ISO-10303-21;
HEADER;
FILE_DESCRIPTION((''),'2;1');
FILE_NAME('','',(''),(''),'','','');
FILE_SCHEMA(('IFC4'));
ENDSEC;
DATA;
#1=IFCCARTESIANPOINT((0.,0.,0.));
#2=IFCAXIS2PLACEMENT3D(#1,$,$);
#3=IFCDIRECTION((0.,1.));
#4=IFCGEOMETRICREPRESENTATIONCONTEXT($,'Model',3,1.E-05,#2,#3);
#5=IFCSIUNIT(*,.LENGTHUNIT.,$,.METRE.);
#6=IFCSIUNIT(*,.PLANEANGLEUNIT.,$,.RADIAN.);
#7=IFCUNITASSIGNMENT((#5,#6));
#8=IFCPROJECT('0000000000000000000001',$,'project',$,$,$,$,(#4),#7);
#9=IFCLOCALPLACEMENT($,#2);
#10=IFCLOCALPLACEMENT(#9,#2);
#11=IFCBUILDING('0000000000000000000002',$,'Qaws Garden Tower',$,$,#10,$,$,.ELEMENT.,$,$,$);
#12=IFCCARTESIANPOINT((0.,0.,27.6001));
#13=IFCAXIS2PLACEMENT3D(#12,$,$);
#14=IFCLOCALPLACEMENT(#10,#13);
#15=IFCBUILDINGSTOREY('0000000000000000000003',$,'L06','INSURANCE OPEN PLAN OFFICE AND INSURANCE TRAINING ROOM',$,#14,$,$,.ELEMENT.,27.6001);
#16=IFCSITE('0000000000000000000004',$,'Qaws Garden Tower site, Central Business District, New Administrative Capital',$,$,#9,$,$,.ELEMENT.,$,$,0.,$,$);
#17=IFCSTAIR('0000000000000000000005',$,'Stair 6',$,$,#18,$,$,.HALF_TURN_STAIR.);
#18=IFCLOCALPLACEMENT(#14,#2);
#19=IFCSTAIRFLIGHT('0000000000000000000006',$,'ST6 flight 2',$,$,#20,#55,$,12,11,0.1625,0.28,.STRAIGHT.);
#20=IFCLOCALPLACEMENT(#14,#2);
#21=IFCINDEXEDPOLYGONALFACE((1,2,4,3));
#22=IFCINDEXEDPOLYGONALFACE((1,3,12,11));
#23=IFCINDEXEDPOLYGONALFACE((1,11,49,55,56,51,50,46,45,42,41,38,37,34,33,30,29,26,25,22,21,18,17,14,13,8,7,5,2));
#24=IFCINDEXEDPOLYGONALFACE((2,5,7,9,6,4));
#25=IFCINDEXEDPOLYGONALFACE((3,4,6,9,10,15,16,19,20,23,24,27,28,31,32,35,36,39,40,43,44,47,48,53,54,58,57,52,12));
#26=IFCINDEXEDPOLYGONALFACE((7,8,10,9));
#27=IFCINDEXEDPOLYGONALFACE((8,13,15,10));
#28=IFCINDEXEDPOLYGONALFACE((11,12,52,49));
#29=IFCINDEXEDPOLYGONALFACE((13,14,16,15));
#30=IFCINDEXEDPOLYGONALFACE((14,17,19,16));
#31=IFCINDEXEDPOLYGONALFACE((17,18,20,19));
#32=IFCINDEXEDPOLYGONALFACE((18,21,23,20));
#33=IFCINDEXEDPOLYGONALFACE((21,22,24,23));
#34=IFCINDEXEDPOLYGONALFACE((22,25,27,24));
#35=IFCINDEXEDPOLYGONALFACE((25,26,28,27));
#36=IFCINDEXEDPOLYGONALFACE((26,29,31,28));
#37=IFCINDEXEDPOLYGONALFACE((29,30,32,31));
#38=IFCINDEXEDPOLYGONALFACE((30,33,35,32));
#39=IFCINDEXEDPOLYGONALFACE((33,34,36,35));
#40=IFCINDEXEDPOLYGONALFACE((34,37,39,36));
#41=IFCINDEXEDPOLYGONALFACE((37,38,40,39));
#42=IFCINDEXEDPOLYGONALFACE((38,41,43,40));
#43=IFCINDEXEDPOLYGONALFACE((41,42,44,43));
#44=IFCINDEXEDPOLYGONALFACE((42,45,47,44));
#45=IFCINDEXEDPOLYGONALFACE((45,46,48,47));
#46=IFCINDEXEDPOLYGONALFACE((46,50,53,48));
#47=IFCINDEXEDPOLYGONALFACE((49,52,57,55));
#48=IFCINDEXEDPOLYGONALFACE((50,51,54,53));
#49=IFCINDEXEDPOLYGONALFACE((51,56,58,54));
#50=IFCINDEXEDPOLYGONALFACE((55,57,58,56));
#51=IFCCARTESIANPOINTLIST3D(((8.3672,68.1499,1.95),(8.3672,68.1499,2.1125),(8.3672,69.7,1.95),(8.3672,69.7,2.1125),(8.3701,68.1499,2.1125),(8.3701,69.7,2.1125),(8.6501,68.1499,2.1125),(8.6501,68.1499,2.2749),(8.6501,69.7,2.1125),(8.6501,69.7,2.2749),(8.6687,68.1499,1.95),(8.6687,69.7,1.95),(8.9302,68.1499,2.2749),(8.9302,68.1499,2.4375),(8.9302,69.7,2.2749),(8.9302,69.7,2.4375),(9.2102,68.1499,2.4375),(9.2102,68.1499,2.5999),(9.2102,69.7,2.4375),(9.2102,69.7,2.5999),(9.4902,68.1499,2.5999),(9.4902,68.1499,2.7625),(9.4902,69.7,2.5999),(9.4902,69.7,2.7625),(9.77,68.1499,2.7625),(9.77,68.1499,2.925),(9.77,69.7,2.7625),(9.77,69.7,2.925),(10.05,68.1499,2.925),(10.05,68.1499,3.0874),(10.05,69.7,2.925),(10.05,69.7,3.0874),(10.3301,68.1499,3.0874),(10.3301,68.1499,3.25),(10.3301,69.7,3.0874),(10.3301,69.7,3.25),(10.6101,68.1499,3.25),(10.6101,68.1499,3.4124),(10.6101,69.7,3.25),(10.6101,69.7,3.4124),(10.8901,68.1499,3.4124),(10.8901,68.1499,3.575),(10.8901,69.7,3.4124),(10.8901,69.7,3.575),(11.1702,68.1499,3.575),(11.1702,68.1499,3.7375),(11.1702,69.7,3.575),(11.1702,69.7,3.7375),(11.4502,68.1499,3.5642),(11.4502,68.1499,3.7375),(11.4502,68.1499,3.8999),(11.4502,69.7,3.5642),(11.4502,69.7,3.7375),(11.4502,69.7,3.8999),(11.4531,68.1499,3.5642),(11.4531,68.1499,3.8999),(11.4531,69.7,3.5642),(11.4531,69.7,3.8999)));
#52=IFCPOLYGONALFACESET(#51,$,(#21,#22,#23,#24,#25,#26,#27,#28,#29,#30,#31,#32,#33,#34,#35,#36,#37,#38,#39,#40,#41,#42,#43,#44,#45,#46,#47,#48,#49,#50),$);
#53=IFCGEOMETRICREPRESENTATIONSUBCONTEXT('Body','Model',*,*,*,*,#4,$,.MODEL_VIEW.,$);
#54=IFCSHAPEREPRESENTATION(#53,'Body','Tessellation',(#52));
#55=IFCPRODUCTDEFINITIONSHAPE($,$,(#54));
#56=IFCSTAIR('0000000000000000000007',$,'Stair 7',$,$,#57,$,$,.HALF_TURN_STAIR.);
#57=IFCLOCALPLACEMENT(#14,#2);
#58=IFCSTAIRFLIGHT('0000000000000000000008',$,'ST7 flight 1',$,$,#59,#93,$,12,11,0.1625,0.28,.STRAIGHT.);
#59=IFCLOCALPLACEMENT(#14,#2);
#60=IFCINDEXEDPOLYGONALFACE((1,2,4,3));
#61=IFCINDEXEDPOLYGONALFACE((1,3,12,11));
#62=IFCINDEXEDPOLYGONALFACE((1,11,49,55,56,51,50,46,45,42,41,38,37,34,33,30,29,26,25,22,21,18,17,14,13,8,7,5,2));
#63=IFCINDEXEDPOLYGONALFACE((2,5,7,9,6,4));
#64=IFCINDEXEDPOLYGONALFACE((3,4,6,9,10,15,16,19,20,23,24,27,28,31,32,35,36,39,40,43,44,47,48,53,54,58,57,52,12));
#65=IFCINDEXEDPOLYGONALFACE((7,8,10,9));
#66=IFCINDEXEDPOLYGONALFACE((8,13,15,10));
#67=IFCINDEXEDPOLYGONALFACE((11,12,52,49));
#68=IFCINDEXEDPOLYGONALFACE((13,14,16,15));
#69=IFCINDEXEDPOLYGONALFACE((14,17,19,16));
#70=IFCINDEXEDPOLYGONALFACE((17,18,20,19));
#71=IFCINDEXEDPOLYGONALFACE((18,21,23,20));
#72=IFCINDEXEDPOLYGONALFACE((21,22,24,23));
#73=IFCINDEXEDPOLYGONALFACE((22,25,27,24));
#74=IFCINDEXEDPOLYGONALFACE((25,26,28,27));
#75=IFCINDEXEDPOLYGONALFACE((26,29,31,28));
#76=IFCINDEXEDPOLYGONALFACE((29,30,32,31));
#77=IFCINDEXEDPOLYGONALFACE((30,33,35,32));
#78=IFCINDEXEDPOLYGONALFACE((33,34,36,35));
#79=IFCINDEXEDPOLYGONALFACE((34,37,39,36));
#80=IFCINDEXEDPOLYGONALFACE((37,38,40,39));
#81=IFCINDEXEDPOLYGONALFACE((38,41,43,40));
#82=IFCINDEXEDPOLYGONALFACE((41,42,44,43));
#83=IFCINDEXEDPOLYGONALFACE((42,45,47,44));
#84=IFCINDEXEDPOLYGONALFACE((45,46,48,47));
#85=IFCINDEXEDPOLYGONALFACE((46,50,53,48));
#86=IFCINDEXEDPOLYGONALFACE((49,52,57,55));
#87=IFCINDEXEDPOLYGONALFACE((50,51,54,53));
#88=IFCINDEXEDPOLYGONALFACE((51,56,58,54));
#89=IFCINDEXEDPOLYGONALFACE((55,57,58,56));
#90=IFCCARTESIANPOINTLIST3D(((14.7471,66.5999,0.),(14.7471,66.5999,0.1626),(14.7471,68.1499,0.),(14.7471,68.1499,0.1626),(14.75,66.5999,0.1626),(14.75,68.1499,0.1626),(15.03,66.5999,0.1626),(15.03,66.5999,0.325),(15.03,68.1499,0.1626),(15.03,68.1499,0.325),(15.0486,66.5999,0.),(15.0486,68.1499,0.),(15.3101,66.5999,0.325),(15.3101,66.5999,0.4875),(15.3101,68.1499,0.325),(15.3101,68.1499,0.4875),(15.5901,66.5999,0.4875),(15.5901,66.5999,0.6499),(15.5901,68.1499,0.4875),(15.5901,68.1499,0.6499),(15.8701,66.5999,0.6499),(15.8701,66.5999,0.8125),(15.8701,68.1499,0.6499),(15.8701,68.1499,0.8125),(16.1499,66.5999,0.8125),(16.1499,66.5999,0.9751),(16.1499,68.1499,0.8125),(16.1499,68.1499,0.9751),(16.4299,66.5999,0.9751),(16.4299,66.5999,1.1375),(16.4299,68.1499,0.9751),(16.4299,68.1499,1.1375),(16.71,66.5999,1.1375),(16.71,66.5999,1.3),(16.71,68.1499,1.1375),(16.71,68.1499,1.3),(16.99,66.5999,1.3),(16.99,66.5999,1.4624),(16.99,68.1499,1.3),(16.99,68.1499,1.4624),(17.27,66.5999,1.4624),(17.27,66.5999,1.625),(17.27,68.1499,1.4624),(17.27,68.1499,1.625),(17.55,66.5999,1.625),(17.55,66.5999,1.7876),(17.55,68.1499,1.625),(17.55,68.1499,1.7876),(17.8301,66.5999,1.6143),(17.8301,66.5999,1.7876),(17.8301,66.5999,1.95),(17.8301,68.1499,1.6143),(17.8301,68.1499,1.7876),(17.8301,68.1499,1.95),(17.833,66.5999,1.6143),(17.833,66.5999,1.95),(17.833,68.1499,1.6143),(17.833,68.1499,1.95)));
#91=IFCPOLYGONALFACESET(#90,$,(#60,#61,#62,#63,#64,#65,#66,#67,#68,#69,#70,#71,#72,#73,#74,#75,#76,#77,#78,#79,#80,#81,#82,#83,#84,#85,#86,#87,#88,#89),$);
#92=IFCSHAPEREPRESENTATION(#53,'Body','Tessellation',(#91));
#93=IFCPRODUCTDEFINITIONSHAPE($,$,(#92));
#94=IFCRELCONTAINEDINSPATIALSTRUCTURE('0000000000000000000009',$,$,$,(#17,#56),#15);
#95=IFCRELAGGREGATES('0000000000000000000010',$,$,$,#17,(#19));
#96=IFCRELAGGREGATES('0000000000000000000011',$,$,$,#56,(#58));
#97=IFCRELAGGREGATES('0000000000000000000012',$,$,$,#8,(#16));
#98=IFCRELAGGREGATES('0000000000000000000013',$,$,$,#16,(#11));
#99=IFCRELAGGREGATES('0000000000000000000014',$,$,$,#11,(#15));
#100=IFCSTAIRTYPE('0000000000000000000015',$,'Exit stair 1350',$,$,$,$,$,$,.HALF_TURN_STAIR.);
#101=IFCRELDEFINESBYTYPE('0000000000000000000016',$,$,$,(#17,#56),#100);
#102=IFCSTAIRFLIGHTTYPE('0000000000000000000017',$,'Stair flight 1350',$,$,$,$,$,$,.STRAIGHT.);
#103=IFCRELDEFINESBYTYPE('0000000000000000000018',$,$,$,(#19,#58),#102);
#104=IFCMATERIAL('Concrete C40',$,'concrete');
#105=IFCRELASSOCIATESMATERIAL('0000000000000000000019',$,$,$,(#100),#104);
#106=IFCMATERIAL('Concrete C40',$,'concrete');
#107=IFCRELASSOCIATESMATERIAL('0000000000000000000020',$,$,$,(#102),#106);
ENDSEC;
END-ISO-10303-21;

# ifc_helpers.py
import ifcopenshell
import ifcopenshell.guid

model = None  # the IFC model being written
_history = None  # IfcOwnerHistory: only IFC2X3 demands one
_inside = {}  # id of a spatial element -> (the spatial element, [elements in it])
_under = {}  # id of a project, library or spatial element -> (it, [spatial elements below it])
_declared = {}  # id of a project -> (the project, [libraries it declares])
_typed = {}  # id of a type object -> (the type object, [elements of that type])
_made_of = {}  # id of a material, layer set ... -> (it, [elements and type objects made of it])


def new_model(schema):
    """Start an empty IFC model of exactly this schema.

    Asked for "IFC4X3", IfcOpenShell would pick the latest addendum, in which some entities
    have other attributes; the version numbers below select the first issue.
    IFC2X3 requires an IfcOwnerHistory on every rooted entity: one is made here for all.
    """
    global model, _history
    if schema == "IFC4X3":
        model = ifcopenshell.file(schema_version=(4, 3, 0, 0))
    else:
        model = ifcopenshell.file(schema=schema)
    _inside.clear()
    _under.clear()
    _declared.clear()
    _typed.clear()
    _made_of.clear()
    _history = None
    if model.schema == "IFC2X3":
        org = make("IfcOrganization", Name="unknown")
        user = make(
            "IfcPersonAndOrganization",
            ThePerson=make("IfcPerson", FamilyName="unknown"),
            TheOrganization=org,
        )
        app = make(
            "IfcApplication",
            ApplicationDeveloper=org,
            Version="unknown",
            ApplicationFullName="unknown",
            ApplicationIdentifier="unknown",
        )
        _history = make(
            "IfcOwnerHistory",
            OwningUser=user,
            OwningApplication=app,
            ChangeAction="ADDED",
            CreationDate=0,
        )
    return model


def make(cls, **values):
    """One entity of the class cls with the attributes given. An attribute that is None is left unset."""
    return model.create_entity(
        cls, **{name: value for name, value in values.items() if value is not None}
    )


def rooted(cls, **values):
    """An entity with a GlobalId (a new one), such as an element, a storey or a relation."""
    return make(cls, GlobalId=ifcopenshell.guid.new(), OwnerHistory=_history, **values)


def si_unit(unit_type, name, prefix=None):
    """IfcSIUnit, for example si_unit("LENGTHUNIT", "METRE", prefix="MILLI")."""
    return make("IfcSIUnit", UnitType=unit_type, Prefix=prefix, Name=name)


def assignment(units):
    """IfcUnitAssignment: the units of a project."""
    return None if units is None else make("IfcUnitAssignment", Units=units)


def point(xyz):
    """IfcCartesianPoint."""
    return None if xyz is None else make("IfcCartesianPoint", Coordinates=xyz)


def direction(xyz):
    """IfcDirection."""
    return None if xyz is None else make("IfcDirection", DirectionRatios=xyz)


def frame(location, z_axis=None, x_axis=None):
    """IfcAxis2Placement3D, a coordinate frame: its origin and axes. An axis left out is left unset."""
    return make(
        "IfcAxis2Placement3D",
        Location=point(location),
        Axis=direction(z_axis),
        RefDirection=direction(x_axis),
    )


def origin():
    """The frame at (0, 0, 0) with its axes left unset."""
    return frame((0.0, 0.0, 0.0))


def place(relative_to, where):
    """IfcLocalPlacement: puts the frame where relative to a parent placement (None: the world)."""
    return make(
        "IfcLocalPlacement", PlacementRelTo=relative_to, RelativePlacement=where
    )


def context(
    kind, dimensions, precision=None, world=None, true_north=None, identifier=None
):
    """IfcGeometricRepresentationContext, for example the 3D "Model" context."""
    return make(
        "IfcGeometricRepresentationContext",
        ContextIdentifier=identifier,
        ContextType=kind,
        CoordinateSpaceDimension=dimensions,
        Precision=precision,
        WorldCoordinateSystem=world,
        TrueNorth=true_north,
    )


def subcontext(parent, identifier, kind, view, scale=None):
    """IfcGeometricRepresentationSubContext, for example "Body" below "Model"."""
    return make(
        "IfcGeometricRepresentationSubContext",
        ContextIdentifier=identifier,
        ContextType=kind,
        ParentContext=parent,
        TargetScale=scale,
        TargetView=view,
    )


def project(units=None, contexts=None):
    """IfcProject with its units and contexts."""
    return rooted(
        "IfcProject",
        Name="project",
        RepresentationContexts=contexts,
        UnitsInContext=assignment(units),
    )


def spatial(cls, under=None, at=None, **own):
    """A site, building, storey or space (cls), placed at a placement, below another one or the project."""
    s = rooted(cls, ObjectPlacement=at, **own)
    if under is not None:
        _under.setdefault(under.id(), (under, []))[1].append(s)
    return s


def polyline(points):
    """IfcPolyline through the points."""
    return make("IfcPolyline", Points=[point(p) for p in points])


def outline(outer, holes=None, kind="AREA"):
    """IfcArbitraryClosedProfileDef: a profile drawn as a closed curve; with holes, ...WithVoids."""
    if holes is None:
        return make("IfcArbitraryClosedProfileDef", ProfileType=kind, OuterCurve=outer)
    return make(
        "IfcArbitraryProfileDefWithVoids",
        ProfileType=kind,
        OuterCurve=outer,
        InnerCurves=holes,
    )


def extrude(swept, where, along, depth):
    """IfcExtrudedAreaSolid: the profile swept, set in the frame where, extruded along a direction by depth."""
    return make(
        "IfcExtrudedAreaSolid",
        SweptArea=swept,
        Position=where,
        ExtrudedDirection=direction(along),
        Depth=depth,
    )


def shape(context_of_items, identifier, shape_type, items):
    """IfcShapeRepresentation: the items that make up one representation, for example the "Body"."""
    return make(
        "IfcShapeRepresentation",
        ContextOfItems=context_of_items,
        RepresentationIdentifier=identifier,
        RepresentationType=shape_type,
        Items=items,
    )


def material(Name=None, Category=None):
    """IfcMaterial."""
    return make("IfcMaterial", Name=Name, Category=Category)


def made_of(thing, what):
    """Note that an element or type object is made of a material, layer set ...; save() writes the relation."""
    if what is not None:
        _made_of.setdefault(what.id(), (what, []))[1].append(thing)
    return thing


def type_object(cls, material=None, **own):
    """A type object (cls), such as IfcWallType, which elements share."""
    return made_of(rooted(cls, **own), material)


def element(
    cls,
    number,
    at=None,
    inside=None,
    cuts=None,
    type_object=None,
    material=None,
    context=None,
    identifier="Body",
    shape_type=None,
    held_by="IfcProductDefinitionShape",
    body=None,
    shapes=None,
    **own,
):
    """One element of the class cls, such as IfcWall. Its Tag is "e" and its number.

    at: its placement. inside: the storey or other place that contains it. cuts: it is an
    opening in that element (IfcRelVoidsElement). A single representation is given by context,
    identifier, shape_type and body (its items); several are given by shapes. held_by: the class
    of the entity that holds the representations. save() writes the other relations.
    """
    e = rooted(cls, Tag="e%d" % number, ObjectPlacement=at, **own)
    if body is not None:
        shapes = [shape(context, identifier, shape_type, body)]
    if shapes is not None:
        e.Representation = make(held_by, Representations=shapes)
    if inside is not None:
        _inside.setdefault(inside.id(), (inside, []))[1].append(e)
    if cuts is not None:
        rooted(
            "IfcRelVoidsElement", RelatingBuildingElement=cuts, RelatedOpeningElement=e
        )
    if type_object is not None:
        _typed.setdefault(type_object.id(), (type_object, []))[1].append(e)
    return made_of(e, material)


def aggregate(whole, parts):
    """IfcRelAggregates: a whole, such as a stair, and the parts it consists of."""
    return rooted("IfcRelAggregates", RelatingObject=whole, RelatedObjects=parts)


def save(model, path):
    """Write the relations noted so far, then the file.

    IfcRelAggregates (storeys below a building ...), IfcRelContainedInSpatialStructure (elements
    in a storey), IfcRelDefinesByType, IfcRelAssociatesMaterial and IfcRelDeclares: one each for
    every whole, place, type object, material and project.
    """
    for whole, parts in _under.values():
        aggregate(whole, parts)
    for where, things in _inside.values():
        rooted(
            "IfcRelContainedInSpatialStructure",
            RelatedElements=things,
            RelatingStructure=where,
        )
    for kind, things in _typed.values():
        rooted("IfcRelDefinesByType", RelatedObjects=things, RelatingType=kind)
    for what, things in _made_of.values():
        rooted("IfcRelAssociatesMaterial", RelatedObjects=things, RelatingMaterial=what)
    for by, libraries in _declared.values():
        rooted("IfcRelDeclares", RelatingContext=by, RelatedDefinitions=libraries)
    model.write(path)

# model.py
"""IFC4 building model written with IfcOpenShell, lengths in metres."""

from ifc_helpers import new_model, si_unit, direction, frame, origin, place, context, subcontext, project, spatial, polyline, outline, extrude, material, type_object, element, aggregate, save


model = new_model("IFC4")

# Units and contexts
model_context = context("Model", 3, precision=1e-05, world=origin(), true_north=direction((0.0, 1.0)))
body_context = subcontext(model_context, "Body", "Model", "MODEL_VIEW")
ifc_project = project(units=[si_unit("LENGTHUNIT", "METRE"), si_unit("PLANEANGLEUNIT", "RADIAN")], contexts=[model_context])

# Site, building, storey
site_placement = place(None, origin())
site = spatial("IfcSite", under=ifc_project, at=site_placement, Name="Qaws Garden Tower site, Central Business District, New Administrative Capital", CompositionType="ELEMENT", RefElevation=0.0)
building_placement = place(site_placement, origin())
building = spatial("IfcBuilding", under=site, at=building_placement, Name="Qaws Garden Tower", CompositionType="ELEMENT")
storey_placement = place(building_placement, frame((0.0, 0.0, 27.6001)))
storey = spatial("IfcBuildingStorey", under=building, at=storey_placement, Name="L06", Description="INSURANCE OPEN PLAN OFFICE AND INSURANCE TRAINING ROOM", CompositionType="ELEMENT", Elevation=27.6001)

# Stair, stair flight
ifc_material_1 = material(Name="Concrete C40", Category="concrete")
stair_type = type_object("IfcStairType", Name="Exit stair 1350", PredefinedType="HALF_TURN_STAIR", material=ifc_material_1)
placement = place(storey_placement, origin())
stair_1 = element("IfcStair", 1, at=placement, inside=storey, type_object=stair_type, Name="Stair 6", PredefinedType="HALF_TURN_STAIR")
ifc_material_2 = material(Name="Concrete C40", Category="concrete")
stair_flight_type = type_object("IfcStairFlightType", Name="Stair flight 1350", PredefinedType="STRAIGHT", material=ifc_material_2)
stair_flight_1_placement = place(storey_placement, frame((8.3701, 68.925, 1.95), z_axis=(0.0, 0.0, 1.0), x_axis=(1.0, 0.0, 0.0)))
stair_flight_1 = element("IfcStairFlight", 2, at=stair_flight_1_placement, type_object=stair_flight_type, Name="ST6 flight 2", NumberOfRisers=12, NumberOfTreads=11, PredefinedType="STRAIGHT", RiserHeight=0.1625, TreadLength=0.28, context=body_context, shape_type="SweptSolid", body=[
    extrude(outline(polyline([(-0.0029, 0.0), (-0.0029, 0.1626), (0.0, 0.1626), (0.28, 0.1626), (0.28, 0.325), (0.5601, 0.325), (0.5601, 0.4875), (0.8401, 0.4875), (0.8401, 0.6499), (1.1201, 0.6499), (1.1201, 0.8125), (1.3999, 0.8125), (1.3999, 0.9751), (1.6799, 0.9751), (1.6799, 1.1375), (1.96, 1.1375), (1.96, 1.3), (2.24, 1.3), (2.24, 1.4624), (2.52, 1.4624), (2.52, 1.625), (2.8, 1.625), (2.8, 1.7876), (3.0801, 1.7876), (3.0801, 1.95), (3.083, 1.95), (3.083, 1.6143), (3.0801, 1.6143), (0.2986, 0.0), (-0.0029, 0.0)])), frame((0.0, 0.7749, 0.0), z_axis=(0.0, -1.0, 0.0), x_axis=(1.0, 0.0, 0.0)), (0.0, 0.0, 1.0), 1.55),
])
aggregate(stair_1, [stair_flight_1])

# Stair, stair flight
stair_2 = element("IfcStair", 3, at=placement, inside=storey, type_object=stair_type, Name="Stair 7", PredefinedType="HALF_TURN_STAIR")
stair_flight_2_placement = place(storey_placement, frame((14.75, 67.375, 0.0), z_axis=(0.0, 0.0, 1.0), x_axis=(1.0, 0.0, 0.0)))
stair_flight_2 = element("IfcStairFlight", 4, at=stair_flight_2_placement, type_object=stair_flight_type, Name="ST7 flight 1", NumberOfRisers=12, NumberOfTreads=11, PredefinedType="STRAIGHT", RiserHeight=0.1625, TreadLength=0.28, context=body_context, shape_type="SweptSolid", body=[
    extrude(outline(polyline([(-0.0029, 0.0), (-0.0029, 0.1626), (0.0, 0.1626), (0.28, 0.1626), (0.28, 0.325), (0.5601, 0.325), (0.5601, 0.4875), (0.8401, 0.4875), (0.8401, 0.6499), (1.1201, 0.6499), (1.1201, 0.8125), (1.3999, 0.8125), (1.3999, 0.9751), (1.6799, 0.9751), (1.6799, 1.1375), (1.96, 1.1375), (1.96, 1.3), (2.24, 1.3), (2.24, 1.4624), (2.52, 1.4624), (2.52, 1.625), (2.8, 1.625), (2.8, 1.7876), (3.0801, 1.7876), (3.0801, 1.95), (3.083, 1.95), (3.083, 1.6143), (3.0801, 1.6143), (0.2986, 0.0), (-0.0029, 0.0)])), frame((0.0, 0.7749, 0.0), z_axis=(0.0, -1.0, 0.0), x_axis=(1.0, 0.0, 0.0)), (0.0, 0.0, 1.0), 1.55),
])
aggregate(stair_2, [stair_flight_2])

save(model, "model.ifc")
